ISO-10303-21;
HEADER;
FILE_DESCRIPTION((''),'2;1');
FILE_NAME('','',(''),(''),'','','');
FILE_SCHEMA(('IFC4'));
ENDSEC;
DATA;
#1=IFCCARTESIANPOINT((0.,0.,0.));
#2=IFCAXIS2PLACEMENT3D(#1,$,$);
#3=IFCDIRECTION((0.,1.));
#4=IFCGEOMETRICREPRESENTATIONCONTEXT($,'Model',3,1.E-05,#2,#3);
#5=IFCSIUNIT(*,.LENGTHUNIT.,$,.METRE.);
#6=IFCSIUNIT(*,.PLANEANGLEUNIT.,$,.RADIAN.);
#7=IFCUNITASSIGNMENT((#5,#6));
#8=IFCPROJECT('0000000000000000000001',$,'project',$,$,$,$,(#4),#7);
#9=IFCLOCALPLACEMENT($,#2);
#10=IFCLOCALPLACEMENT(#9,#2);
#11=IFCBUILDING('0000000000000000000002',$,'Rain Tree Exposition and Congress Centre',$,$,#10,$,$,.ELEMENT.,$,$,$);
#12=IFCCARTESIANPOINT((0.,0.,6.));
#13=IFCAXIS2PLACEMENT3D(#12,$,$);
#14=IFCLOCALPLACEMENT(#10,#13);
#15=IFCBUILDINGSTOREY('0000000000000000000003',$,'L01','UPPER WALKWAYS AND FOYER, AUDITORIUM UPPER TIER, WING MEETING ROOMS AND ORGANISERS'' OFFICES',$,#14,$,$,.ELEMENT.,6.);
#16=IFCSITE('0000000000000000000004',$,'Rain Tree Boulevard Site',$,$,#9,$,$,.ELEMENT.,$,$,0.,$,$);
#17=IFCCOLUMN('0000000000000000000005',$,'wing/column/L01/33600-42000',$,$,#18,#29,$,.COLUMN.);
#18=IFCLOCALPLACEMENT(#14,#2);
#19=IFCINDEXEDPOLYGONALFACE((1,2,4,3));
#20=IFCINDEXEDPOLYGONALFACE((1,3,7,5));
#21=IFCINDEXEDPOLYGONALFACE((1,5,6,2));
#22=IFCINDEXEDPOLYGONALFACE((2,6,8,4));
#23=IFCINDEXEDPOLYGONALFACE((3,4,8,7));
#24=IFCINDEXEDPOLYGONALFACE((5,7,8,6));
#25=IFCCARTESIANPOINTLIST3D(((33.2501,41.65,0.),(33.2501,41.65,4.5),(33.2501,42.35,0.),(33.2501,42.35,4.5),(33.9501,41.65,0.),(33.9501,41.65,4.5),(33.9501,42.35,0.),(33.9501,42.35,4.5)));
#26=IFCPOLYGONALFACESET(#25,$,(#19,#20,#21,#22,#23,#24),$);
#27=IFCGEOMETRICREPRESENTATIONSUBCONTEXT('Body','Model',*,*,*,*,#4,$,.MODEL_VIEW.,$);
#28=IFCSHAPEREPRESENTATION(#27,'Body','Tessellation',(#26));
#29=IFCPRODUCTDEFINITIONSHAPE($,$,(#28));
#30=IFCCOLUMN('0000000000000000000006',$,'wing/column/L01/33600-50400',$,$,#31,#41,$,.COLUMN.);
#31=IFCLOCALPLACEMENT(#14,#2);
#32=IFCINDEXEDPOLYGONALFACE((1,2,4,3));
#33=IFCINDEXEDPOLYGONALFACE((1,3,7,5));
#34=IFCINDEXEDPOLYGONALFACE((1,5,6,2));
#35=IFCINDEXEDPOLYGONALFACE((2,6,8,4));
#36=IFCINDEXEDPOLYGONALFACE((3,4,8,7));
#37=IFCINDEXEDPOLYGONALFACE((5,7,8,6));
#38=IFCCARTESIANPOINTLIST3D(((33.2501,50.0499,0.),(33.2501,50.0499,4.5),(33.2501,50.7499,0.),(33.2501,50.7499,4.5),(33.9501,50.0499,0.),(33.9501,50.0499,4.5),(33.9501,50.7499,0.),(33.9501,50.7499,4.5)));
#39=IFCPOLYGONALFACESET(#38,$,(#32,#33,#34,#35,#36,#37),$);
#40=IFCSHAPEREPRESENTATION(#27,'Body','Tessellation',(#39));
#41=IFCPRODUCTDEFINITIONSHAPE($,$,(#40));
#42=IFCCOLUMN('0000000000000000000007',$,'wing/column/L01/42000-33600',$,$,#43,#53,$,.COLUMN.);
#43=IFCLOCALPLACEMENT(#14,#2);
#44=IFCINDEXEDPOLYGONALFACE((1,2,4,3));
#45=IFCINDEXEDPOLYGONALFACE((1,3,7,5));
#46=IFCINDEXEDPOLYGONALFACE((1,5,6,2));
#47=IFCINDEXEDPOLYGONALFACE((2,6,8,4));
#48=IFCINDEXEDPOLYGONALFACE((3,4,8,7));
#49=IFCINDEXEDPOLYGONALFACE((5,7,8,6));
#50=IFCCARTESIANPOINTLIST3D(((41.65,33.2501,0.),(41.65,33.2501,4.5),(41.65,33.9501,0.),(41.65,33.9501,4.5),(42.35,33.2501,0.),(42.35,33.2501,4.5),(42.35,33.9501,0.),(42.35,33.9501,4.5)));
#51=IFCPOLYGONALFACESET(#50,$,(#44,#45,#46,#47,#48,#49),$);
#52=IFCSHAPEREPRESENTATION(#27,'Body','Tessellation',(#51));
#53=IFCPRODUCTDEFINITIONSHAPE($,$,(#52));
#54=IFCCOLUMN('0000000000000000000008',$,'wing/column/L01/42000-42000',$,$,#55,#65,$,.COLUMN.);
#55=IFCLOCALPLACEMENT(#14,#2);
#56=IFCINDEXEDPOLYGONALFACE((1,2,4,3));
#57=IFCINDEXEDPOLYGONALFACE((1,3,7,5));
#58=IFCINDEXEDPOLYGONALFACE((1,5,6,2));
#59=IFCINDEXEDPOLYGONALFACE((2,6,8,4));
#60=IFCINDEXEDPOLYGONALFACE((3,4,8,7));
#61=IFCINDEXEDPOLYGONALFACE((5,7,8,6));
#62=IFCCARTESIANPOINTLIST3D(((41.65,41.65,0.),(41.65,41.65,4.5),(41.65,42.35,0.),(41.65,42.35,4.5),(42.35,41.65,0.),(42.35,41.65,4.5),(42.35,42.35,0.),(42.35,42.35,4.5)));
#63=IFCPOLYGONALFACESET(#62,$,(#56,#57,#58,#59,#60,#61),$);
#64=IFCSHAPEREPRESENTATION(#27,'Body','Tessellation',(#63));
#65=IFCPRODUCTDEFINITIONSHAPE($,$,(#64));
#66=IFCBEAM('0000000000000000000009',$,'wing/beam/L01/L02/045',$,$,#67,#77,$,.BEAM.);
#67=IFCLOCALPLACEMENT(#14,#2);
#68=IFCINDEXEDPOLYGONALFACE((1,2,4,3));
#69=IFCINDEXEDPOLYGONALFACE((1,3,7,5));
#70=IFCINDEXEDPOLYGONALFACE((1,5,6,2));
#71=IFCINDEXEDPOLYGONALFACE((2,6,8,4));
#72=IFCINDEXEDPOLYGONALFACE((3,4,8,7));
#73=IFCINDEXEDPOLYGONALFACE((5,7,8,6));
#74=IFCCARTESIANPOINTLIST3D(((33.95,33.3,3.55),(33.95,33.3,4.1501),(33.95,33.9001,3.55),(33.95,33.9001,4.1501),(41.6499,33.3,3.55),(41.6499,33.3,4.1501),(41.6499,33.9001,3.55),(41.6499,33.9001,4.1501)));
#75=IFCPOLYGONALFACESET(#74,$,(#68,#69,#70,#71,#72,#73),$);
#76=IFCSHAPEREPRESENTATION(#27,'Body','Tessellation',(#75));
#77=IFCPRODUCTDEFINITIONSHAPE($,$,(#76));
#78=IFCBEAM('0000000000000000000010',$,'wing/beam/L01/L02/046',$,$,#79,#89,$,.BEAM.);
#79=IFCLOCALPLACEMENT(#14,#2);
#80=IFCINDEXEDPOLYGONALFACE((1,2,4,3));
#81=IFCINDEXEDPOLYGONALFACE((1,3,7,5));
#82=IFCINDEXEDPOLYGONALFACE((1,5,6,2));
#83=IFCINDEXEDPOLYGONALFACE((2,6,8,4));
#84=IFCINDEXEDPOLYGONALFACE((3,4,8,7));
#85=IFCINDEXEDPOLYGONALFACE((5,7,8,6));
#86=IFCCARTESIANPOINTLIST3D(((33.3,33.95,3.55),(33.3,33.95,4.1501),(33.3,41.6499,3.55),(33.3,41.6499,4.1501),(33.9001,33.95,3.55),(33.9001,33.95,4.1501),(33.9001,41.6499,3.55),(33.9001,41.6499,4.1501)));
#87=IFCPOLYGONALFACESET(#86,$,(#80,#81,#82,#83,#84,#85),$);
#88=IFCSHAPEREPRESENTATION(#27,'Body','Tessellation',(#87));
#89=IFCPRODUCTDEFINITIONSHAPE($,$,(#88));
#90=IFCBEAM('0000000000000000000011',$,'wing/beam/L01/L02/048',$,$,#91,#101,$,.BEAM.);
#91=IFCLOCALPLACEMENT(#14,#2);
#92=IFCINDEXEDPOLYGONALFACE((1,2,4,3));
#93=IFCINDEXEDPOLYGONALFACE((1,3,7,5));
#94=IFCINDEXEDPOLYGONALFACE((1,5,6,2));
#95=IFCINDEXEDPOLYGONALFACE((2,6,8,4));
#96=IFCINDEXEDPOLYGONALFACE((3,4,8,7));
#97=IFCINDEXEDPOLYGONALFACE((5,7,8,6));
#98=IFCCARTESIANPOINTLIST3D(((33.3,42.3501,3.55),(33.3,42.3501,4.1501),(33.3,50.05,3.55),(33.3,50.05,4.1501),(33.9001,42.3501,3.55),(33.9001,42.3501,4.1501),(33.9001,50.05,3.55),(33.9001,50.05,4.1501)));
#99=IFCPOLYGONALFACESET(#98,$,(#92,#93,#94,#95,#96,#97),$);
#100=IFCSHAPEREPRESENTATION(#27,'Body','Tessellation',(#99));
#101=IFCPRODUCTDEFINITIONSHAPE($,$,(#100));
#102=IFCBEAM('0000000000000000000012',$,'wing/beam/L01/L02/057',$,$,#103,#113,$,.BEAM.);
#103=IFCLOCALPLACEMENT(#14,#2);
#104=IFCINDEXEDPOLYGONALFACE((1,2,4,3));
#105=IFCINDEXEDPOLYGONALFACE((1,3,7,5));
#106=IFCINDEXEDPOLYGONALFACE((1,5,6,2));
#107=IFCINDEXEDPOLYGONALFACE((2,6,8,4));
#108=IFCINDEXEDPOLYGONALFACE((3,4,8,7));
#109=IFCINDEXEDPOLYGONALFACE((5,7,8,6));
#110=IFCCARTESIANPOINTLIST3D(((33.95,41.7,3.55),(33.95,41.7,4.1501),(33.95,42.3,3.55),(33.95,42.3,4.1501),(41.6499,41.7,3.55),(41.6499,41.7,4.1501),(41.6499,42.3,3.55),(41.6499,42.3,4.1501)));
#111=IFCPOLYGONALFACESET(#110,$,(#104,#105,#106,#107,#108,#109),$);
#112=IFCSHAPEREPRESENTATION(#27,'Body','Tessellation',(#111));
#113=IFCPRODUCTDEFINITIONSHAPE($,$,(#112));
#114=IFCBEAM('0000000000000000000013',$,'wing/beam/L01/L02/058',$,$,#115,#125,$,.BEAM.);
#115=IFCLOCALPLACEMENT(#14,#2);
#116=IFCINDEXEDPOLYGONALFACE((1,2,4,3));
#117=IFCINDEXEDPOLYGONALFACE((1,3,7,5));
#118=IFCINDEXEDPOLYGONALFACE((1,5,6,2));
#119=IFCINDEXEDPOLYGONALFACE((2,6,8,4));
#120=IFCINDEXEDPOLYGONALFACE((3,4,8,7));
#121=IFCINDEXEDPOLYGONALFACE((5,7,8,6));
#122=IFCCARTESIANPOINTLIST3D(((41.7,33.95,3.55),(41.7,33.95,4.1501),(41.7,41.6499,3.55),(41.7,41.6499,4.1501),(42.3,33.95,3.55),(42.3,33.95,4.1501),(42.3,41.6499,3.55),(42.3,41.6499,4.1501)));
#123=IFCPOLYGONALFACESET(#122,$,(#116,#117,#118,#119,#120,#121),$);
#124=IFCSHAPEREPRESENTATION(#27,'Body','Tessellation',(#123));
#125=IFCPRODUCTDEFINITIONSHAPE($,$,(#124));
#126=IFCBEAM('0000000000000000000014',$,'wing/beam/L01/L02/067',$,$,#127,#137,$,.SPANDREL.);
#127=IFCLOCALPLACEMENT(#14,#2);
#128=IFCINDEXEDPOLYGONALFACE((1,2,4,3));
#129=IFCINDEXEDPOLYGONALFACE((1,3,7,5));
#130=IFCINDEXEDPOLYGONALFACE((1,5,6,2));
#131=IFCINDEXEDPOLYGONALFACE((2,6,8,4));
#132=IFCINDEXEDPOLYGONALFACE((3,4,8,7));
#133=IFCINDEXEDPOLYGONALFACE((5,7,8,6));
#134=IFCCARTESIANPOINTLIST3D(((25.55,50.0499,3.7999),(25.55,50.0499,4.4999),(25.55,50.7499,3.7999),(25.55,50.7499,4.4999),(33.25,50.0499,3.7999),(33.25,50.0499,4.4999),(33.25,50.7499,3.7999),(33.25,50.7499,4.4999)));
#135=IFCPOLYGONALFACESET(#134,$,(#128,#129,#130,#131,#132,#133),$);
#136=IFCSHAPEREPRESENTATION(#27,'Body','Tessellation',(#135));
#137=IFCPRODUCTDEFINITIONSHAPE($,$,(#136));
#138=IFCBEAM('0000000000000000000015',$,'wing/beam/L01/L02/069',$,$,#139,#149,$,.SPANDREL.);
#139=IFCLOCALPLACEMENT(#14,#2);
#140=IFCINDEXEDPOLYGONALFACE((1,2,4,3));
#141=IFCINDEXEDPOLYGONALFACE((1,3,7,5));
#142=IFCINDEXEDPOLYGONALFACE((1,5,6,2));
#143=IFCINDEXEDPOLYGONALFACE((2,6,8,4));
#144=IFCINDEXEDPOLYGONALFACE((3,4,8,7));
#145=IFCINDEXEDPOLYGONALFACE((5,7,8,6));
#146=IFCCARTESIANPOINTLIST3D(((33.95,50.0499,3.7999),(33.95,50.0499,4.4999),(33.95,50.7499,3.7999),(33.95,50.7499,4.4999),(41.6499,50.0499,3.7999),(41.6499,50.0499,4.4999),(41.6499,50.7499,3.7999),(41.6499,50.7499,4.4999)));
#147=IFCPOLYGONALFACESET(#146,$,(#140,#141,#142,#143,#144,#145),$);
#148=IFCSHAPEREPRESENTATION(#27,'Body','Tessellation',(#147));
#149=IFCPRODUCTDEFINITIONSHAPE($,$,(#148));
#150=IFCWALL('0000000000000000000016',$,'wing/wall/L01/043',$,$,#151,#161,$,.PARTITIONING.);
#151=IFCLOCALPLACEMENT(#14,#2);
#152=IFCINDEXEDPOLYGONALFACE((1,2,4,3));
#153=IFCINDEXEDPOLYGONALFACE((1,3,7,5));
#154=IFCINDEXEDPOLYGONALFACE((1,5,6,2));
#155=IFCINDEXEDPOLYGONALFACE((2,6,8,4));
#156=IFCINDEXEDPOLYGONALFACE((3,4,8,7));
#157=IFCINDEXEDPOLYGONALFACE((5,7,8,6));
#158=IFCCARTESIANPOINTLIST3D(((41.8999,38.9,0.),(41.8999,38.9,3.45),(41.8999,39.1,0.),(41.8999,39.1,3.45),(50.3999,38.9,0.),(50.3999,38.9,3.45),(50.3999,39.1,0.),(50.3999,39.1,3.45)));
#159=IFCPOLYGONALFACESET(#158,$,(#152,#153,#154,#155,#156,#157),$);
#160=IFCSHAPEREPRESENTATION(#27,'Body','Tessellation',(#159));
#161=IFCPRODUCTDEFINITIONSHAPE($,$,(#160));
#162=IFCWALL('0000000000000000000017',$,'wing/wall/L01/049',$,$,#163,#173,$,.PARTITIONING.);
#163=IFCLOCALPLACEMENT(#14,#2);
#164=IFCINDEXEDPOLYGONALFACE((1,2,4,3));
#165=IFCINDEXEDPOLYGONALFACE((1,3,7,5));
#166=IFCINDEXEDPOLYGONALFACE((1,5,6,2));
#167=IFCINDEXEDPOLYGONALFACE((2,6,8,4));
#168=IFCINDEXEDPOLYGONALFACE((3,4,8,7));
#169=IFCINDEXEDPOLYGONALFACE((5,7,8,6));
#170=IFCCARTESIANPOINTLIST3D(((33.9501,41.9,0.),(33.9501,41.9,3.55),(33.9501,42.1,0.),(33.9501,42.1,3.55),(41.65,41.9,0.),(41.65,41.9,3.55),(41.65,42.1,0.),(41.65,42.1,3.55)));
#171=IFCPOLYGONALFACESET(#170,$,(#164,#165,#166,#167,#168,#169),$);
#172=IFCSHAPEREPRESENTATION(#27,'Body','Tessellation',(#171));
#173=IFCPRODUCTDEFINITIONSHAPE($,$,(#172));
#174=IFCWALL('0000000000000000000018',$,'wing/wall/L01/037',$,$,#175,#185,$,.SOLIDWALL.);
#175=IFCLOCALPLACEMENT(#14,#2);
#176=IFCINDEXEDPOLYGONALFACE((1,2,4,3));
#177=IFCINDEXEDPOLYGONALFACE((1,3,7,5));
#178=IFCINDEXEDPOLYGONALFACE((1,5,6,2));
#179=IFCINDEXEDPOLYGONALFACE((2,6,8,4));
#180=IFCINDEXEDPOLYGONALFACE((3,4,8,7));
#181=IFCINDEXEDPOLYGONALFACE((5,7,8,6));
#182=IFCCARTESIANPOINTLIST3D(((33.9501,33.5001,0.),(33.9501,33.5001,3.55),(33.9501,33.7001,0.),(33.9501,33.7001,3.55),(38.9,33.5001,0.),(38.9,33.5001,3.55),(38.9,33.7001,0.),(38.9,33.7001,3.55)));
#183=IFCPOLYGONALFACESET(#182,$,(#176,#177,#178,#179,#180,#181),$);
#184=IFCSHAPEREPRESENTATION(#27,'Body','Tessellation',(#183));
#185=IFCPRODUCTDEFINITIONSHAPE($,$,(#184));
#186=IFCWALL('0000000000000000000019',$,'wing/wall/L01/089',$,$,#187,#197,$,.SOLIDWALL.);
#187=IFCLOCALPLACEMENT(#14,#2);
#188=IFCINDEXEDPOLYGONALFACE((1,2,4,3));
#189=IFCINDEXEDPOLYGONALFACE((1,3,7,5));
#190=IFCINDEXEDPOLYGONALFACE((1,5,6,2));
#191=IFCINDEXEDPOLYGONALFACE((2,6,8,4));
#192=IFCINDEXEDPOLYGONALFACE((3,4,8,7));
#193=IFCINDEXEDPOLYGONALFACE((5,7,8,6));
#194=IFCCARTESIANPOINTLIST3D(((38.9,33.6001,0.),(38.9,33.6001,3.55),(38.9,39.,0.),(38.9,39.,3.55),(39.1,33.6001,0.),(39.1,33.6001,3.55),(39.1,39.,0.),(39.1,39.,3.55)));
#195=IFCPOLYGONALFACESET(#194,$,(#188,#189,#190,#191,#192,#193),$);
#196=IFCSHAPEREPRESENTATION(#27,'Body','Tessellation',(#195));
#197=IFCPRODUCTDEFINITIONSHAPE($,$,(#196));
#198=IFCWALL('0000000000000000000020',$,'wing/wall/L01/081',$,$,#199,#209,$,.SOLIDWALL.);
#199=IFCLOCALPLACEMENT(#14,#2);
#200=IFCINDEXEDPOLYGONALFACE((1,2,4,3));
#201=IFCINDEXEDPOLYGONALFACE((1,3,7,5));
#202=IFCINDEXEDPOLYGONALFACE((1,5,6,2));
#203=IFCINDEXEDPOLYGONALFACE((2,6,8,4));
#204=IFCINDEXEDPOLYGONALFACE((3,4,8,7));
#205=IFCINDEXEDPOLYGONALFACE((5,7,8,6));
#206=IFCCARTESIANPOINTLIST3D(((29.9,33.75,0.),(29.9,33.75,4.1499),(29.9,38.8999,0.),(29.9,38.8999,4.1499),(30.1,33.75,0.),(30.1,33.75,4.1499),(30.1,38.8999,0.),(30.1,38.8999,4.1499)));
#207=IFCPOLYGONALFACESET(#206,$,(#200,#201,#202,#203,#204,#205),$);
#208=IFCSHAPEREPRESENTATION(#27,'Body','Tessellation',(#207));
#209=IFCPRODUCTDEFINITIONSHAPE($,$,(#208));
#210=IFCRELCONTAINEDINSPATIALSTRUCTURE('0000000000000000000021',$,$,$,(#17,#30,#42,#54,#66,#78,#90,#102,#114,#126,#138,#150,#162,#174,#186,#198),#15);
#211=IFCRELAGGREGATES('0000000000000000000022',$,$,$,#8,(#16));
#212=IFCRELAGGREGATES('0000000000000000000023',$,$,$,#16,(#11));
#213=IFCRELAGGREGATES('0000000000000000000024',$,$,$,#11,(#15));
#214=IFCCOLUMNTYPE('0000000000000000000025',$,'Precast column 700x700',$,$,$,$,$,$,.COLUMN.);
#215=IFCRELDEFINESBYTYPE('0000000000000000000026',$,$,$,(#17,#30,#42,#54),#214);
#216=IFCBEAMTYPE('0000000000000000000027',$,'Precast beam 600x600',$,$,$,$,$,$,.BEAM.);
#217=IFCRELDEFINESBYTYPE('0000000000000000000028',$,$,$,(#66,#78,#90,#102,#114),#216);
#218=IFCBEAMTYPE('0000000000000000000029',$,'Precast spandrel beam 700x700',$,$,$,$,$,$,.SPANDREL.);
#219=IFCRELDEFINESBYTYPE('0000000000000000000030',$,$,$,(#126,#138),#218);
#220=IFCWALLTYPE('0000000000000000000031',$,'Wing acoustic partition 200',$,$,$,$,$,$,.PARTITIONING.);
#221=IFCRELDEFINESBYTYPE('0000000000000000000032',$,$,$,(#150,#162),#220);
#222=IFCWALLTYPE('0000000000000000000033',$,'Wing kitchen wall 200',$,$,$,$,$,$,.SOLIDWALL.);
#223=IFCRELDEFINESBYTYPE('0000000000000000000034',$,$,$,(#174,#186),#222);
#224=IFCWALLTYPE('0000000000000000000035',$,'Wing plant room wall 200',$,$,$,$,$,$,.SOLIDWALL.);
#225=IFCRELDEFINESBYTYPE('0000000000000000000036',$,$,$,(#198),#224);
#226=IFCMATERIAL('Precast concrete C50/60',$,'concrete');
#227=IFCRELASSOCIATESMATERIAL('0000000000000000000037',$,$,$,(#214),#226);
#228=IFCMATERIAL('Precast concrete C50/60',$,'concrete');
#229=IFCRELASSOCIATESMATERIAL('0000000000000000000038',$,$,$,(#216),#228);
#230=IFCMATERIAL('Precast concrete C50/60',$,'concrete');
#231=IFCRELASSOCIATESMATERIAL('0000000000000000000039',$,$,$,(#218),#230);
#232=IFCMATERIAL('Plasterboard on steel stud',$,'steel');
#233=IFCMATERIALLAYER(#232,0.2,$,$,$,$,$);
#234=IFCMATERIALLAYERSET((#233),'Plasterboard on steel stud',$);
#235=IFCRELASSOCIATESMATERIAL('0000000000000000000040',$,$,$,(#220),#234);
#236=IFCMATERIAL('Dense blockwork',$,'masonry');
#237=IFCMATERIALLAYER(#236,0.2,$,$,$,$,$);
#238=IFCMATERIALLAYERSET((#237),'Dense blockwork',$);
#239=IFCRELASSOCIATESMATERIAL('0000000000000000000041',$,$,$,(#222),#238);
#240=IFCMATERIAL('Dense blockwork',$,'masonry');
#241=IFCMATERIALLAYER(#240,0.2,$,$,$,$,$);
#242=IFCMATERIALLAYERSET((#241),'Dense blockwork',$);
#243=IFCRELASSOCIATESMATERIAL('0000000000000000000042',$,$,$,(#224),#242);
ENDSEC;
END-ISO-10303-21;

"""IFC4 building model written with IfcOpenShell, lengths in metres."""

from ifc_helpers import new_model, si_unit, direction, frame, frame_2d, origin, origin_2d, place, context, subcontext, project, spatial, rectangle, extrude, material, layer, layer_set, material_profile, profile_set, type_object, element, save


model = new_model("IFC4")

# Units and contexts
model_context = context("Model", 3, precision=1e-05, world=origin(), true_north=direction((0.0, 1.0)))
body_context = subcontext(model_context, "Body", "Model", "MODEL_VIEW")
ifc_project = project(units=[si_unit("LENGTHUNIT", "METRE"), si_unit("PLANEANGLEUNIT", "RADIAN")], contexts=[model_context])

# Site, building, storey
site_placement = place(None, origin())
site = spatial("IfcSite", under=ifc_project, at=site_placement, Name="Rain Tree Boulevard Site", CompositionType="ELEMENT", RefElevation=0.0)
building_placement = place(site_placement, origin())
building = spatial("IfcBuilding", under=site, at=building_placement, Name="Rain Tree Exposition and Congress Centre", CompositionType="ELEMENT")
storey_placement = place(building_placement, frame((0.0, 0.0, 6.0)))
storey = spatial("IfcBuildingStorey", under=building, at=storey_placement, Name="L01", Description="UPPER WALKWAYS AND FOYER, AUDITORIUM UPPER TIER, WING MEETING ROOMS AND ORGANISERS' OFFICES", CompositionType="ELEMENT", Elevation=6.0)

# Columns
ifc_material_1 = material(Name="Precast concrete C50/60", Category="concrete")
ifc_material_profile_1 = material_profile(ifc_material_1, rectangle(XDim=0.7, YDim=0.7, at=origin_2d()), Name="RC 700x700")
ifc_profile_set_1 = profile_set([ifc_material_profile_1], Name="Precast concrete C50/60")
column_type = type_object("IfcColumnType", Name="Precast column 700x700", PredefinedType="COLUMN", material=ifc_profile_set_1)
for number, where, z_axis, x_axis, name in (
    (1, (33.6001, 42.0, 0.0), (0.0, 0.0, 1.0), (1.0, 0.0, 0.0), "wing/column/L01/33600-42000"),
    (2, (33.6001, 50.3999, 0.0), (0.0, 0.0, 1.0), (1.0, 0.0, 0.0), "wing/column/L01/33600-50400"),
    (3, (42.0, 33.6001, 0.0), (0.0, 0.0, 1.0), (1.0, 0.0, 0.0), "wing/column/L01/42000-33600"),
    (4, (42.0, 42.0, 0.0), (0.0, 0.0, 1.0), (1.0, 0.0, 0.0), "wing/column/L01/42000-42000"),
):
    element("IfcColumn", number, at=place(storey_placement, frame(where, z_axis=z_axis, x_axis=x_axis)), inside=storey, type_object=column_type, Name=name, PredefinedType="COLUMN", context=body_context, shape_type="SweptSolid", body=[
        extrude(rectangle(XDim=0.7, YDim=0.7, at=origin_2d()), origin(), (0.0, 0.0, 1.0), 4.5),
    ])

# Beams
ifc_material_2 = material(Name="Precast concrete C50/60", Category="concrete")
ifc_material_profile_2 = material_profile(ifc_material_2, rectangle(XDim=0.6001, YDim=0.6001, at=origin_2d()), Name="RC 600x600")
ifc_profile_set_2 = profile_set([ifc_material_profile_2], Name="Precast concrete C50/60")
beam_type_1 = type_object("IfcBeamType", Name="Precast beam 600x600", PredefinedType="BEAM", material=ifc_profile_set_2)
for number, where, z_axis, x_axis, name in (
    (5, (33.95, 33.6001, 3.8501), (1.0, 0.0, 0.0), (0.0, 1.0, 0.0), "wing/beam/L01/L02/045"),
    (6, (33.6001, 33.95, 3.8501), (0.0, 1.0, 0.0), (-1.0, 0.0, 0.0), "wing/beam/L01/L02/046"),
    (7, (33.6001, 42.3501, 3.8501), (0.0, 1.0, 0.0), (-1.0, 0.0, 0.0), "wing/beam/L01/L02/048"),
    (8, (33.95, 42.0, 3.8501), (1.0, 0.0, 0.0), (0.0, 1.0, 0.0), "wing/beam/L01/L02/057"),
    (9, (42.0, 33.95, 3.8501), (0.0, 1.0, 0.0), (-1.0, 0.0, 0.0), "wing/beam/L01/L02/058"),
):
    element("IfcBeam", number, at=place(storey_placement, frame(where, z_axis=z_axis, x_axis=x_axis)), inside=storey, type_object=beam_type_1, Name=name, PredefinedType="BEAM", context=body_context, shape_type="SweptSolid", body=[
        extrude(rectangle(XDim=0.6001, YDim=0.6001, at=origin_2d()), origin(), (0.0, 0.0, 1.0), 7.7),
    ])
ifc_material_3 = material(Name="Precast concrete C50/60", Category="concrete")
ifc_material_profile_3 = material_profile(ifc_material_3, rectangle(XDim=0.7, YDim=0.7, at=origin_2d()), Name="RC 700x700")
ifc_profile_set_3 = profile_set([ifc_material_profile_3], Name="Precast concrete C50/60")
beam_type_2 = type_object("IfcBeamType", Name="Precast spandrel beam 700x700", PredefinedType="SPANDREL", material=ifc_profile_set_3)
for number, where, z_axis, x_axis, name in (
    (10, (25.55, 50.3999, 4.1499), (1.0, 0.0, 0.0), (0.0, 1.0, 0.0), "wing/beam/L01/L02/067"),
    (11, (33.95, 50.3999, 4.1499), (1.0, 0.0, 0.0), (0.0, 1.0, 0.0), "wing/beam/L01/L02/069"),
):
    element("IfcBeam", number, at=place(storey_placement, frame(where, z_axis=z_axis, x_axis=x_axis)), inside=storey, type_object=beam_type_2, Name=name, PredefinedType="SPANDREL", context=body_context, shape_type="SweptSolid", body=[
        extrude(rectangle(XDim=0.7, YDim=0.7, at=origin_2d()), origin(), (0.0, 0.0, 1.0), 7.7),
    ])

# Walls
ifc_material_4 = material(Name="Plasterboard on steel stud", Category="steel")
ifc_layer_1 = layer(ifc_material_4, 0.2)
ifc_layer_set_1 = layer_set([ifc_layer_1], Name="Plasterboard on steel stud")
wall_type_1 = type_object("IfcWallType", Name="Wing acoustic partition 200", PredefinedType="PARTITIONING", material=ifc_layer_set_1)
wall_1_placement = place(storey_placement, frame((41.8999, 39.0, 0.0), z_axis=(0.0, 0.0, 1.0), x_axis=(1.0, 0.0, 0.0)))
element("IfcWall", 12, at=wall_1_placement, inside=storey, type_object=wall_type_1, Name="wing/wall/L01/043", PredefinedType="PARTITIONING", context=body_context, shape_type="SweptSolid", body=[
    extrude(rectangle(XDim=8.5, YDim=0.2, at=frame_2d((4.25, 0.0))), origin(), (0.0, 0.0, 1.0), 3.45),
])
wall_2_placement = place(storey_placement, frame((33.95, 42.0, 0.0), z_axis=(0.0, 0.0, 1.0), x_axis=(1.0, 0.0, 0.0)))
element("IfcWall", 13, at=wall_2_placement, inside=storey, type_object=wall_type_1, Name="wing/wall/L01/049", PredefinedType="PARTITIONING", context=body_context, shape_type="SweptSolid", body=[
    extrude(rectangle(XDim=7.7, YDim=0.2, at=frame_2d((3.8501, 0.0))), origin(), (0.0, 0.0, 1.0), 3.55),
])

# Wall
ifc_material_5 = material(Name="Dense blockwork", Category="masonry")
ifc_layer_2 = layer(ifc_material_5, 0.2)
ifc_layer_set_2 = layer_set([ifc_layer_2], Name="Dense blockwork")
wall_type_2 = type_object("IfcWallType", Name="Wing kitchen wall 200", PredefinedType="SOLIDWALL", material=ifc_layer_set_2)
wall_3_placement = place(storey_placement, frame((33.95, 33.6001, 0.0), z_axis=(0.0, 0.0, 1.0), x_axis=(1.0, 0.0, 0.0)))
element("IfcWall", 14, at=wall_3_placement, inside=storey, type_object=wall_type_2, Name="wing/wall/L01/037", PredefinedType="SOLIDWALL", context=body_context, shape_type="SweptSolid", body=[
    extrude(rectangle(XDim=4.95, YDim=0.2, at=frame_2d((2.4751, 0.0))), origin(), (0.0, 0.0, 1.0), 3.55),
])

# Walls
wall_4_placement = place(storey_placement, frame((39.0, 33.6001, 0.0), z_axis=(0.0, 0.0, 1.0), x_axis=(0.0, 1.0, 0.0)))
element("IfcWall", 15, at=wall_4_placement, inside=storey, type_object=wall_type_2, Name="wing/wall/L01/089", PredefinedType="SOLIDWALL", context=body_context, shape_type="SweptSolid", body=[
    extrude(rectangle(XDim=5.3999, YDim=0.2, at=frame_2d((2.7, 0.0))), origin(), (0.0, 0.0, 1.0), 3.55),
])
ifc_material_6 = material(Name="Dense blockwork", Category="masonry")
ifc_layer_3 = layer(ifc_material_6, 0.2)
ifc_layer_set_3 = layer_set([ifc_layer_3], Name="Dense blockwork")
wall_type_3 = type_object("IfcWallType", Name="Wing plant room wall 200", PredefinedType="SOLIDWALL", material=ifc_layer_set_3)
wall_5_placement = place(storey_placement, frame((30.0, 33.75, 0.0), z_axis=(0.0, 0.0, 1.0), x_axis=(0.0, 1.0, 0.0)))
element("IfcWall", 16, at=wall_5_placement, inside=storey, type_object=wall_type_3, Name="wing/wall/L01/081", PredefinedType="SOLIDWALL", context=body_context, shape_type="SweptSolid", body=[
    extrude(rectangle(XDim=5.1499, YDim=0.2, at=frame_2d((2.575, 0.0))), origin(), (0.0, 0.0, 1.0), 4.1499),
])

save(model, "model.ifc")
